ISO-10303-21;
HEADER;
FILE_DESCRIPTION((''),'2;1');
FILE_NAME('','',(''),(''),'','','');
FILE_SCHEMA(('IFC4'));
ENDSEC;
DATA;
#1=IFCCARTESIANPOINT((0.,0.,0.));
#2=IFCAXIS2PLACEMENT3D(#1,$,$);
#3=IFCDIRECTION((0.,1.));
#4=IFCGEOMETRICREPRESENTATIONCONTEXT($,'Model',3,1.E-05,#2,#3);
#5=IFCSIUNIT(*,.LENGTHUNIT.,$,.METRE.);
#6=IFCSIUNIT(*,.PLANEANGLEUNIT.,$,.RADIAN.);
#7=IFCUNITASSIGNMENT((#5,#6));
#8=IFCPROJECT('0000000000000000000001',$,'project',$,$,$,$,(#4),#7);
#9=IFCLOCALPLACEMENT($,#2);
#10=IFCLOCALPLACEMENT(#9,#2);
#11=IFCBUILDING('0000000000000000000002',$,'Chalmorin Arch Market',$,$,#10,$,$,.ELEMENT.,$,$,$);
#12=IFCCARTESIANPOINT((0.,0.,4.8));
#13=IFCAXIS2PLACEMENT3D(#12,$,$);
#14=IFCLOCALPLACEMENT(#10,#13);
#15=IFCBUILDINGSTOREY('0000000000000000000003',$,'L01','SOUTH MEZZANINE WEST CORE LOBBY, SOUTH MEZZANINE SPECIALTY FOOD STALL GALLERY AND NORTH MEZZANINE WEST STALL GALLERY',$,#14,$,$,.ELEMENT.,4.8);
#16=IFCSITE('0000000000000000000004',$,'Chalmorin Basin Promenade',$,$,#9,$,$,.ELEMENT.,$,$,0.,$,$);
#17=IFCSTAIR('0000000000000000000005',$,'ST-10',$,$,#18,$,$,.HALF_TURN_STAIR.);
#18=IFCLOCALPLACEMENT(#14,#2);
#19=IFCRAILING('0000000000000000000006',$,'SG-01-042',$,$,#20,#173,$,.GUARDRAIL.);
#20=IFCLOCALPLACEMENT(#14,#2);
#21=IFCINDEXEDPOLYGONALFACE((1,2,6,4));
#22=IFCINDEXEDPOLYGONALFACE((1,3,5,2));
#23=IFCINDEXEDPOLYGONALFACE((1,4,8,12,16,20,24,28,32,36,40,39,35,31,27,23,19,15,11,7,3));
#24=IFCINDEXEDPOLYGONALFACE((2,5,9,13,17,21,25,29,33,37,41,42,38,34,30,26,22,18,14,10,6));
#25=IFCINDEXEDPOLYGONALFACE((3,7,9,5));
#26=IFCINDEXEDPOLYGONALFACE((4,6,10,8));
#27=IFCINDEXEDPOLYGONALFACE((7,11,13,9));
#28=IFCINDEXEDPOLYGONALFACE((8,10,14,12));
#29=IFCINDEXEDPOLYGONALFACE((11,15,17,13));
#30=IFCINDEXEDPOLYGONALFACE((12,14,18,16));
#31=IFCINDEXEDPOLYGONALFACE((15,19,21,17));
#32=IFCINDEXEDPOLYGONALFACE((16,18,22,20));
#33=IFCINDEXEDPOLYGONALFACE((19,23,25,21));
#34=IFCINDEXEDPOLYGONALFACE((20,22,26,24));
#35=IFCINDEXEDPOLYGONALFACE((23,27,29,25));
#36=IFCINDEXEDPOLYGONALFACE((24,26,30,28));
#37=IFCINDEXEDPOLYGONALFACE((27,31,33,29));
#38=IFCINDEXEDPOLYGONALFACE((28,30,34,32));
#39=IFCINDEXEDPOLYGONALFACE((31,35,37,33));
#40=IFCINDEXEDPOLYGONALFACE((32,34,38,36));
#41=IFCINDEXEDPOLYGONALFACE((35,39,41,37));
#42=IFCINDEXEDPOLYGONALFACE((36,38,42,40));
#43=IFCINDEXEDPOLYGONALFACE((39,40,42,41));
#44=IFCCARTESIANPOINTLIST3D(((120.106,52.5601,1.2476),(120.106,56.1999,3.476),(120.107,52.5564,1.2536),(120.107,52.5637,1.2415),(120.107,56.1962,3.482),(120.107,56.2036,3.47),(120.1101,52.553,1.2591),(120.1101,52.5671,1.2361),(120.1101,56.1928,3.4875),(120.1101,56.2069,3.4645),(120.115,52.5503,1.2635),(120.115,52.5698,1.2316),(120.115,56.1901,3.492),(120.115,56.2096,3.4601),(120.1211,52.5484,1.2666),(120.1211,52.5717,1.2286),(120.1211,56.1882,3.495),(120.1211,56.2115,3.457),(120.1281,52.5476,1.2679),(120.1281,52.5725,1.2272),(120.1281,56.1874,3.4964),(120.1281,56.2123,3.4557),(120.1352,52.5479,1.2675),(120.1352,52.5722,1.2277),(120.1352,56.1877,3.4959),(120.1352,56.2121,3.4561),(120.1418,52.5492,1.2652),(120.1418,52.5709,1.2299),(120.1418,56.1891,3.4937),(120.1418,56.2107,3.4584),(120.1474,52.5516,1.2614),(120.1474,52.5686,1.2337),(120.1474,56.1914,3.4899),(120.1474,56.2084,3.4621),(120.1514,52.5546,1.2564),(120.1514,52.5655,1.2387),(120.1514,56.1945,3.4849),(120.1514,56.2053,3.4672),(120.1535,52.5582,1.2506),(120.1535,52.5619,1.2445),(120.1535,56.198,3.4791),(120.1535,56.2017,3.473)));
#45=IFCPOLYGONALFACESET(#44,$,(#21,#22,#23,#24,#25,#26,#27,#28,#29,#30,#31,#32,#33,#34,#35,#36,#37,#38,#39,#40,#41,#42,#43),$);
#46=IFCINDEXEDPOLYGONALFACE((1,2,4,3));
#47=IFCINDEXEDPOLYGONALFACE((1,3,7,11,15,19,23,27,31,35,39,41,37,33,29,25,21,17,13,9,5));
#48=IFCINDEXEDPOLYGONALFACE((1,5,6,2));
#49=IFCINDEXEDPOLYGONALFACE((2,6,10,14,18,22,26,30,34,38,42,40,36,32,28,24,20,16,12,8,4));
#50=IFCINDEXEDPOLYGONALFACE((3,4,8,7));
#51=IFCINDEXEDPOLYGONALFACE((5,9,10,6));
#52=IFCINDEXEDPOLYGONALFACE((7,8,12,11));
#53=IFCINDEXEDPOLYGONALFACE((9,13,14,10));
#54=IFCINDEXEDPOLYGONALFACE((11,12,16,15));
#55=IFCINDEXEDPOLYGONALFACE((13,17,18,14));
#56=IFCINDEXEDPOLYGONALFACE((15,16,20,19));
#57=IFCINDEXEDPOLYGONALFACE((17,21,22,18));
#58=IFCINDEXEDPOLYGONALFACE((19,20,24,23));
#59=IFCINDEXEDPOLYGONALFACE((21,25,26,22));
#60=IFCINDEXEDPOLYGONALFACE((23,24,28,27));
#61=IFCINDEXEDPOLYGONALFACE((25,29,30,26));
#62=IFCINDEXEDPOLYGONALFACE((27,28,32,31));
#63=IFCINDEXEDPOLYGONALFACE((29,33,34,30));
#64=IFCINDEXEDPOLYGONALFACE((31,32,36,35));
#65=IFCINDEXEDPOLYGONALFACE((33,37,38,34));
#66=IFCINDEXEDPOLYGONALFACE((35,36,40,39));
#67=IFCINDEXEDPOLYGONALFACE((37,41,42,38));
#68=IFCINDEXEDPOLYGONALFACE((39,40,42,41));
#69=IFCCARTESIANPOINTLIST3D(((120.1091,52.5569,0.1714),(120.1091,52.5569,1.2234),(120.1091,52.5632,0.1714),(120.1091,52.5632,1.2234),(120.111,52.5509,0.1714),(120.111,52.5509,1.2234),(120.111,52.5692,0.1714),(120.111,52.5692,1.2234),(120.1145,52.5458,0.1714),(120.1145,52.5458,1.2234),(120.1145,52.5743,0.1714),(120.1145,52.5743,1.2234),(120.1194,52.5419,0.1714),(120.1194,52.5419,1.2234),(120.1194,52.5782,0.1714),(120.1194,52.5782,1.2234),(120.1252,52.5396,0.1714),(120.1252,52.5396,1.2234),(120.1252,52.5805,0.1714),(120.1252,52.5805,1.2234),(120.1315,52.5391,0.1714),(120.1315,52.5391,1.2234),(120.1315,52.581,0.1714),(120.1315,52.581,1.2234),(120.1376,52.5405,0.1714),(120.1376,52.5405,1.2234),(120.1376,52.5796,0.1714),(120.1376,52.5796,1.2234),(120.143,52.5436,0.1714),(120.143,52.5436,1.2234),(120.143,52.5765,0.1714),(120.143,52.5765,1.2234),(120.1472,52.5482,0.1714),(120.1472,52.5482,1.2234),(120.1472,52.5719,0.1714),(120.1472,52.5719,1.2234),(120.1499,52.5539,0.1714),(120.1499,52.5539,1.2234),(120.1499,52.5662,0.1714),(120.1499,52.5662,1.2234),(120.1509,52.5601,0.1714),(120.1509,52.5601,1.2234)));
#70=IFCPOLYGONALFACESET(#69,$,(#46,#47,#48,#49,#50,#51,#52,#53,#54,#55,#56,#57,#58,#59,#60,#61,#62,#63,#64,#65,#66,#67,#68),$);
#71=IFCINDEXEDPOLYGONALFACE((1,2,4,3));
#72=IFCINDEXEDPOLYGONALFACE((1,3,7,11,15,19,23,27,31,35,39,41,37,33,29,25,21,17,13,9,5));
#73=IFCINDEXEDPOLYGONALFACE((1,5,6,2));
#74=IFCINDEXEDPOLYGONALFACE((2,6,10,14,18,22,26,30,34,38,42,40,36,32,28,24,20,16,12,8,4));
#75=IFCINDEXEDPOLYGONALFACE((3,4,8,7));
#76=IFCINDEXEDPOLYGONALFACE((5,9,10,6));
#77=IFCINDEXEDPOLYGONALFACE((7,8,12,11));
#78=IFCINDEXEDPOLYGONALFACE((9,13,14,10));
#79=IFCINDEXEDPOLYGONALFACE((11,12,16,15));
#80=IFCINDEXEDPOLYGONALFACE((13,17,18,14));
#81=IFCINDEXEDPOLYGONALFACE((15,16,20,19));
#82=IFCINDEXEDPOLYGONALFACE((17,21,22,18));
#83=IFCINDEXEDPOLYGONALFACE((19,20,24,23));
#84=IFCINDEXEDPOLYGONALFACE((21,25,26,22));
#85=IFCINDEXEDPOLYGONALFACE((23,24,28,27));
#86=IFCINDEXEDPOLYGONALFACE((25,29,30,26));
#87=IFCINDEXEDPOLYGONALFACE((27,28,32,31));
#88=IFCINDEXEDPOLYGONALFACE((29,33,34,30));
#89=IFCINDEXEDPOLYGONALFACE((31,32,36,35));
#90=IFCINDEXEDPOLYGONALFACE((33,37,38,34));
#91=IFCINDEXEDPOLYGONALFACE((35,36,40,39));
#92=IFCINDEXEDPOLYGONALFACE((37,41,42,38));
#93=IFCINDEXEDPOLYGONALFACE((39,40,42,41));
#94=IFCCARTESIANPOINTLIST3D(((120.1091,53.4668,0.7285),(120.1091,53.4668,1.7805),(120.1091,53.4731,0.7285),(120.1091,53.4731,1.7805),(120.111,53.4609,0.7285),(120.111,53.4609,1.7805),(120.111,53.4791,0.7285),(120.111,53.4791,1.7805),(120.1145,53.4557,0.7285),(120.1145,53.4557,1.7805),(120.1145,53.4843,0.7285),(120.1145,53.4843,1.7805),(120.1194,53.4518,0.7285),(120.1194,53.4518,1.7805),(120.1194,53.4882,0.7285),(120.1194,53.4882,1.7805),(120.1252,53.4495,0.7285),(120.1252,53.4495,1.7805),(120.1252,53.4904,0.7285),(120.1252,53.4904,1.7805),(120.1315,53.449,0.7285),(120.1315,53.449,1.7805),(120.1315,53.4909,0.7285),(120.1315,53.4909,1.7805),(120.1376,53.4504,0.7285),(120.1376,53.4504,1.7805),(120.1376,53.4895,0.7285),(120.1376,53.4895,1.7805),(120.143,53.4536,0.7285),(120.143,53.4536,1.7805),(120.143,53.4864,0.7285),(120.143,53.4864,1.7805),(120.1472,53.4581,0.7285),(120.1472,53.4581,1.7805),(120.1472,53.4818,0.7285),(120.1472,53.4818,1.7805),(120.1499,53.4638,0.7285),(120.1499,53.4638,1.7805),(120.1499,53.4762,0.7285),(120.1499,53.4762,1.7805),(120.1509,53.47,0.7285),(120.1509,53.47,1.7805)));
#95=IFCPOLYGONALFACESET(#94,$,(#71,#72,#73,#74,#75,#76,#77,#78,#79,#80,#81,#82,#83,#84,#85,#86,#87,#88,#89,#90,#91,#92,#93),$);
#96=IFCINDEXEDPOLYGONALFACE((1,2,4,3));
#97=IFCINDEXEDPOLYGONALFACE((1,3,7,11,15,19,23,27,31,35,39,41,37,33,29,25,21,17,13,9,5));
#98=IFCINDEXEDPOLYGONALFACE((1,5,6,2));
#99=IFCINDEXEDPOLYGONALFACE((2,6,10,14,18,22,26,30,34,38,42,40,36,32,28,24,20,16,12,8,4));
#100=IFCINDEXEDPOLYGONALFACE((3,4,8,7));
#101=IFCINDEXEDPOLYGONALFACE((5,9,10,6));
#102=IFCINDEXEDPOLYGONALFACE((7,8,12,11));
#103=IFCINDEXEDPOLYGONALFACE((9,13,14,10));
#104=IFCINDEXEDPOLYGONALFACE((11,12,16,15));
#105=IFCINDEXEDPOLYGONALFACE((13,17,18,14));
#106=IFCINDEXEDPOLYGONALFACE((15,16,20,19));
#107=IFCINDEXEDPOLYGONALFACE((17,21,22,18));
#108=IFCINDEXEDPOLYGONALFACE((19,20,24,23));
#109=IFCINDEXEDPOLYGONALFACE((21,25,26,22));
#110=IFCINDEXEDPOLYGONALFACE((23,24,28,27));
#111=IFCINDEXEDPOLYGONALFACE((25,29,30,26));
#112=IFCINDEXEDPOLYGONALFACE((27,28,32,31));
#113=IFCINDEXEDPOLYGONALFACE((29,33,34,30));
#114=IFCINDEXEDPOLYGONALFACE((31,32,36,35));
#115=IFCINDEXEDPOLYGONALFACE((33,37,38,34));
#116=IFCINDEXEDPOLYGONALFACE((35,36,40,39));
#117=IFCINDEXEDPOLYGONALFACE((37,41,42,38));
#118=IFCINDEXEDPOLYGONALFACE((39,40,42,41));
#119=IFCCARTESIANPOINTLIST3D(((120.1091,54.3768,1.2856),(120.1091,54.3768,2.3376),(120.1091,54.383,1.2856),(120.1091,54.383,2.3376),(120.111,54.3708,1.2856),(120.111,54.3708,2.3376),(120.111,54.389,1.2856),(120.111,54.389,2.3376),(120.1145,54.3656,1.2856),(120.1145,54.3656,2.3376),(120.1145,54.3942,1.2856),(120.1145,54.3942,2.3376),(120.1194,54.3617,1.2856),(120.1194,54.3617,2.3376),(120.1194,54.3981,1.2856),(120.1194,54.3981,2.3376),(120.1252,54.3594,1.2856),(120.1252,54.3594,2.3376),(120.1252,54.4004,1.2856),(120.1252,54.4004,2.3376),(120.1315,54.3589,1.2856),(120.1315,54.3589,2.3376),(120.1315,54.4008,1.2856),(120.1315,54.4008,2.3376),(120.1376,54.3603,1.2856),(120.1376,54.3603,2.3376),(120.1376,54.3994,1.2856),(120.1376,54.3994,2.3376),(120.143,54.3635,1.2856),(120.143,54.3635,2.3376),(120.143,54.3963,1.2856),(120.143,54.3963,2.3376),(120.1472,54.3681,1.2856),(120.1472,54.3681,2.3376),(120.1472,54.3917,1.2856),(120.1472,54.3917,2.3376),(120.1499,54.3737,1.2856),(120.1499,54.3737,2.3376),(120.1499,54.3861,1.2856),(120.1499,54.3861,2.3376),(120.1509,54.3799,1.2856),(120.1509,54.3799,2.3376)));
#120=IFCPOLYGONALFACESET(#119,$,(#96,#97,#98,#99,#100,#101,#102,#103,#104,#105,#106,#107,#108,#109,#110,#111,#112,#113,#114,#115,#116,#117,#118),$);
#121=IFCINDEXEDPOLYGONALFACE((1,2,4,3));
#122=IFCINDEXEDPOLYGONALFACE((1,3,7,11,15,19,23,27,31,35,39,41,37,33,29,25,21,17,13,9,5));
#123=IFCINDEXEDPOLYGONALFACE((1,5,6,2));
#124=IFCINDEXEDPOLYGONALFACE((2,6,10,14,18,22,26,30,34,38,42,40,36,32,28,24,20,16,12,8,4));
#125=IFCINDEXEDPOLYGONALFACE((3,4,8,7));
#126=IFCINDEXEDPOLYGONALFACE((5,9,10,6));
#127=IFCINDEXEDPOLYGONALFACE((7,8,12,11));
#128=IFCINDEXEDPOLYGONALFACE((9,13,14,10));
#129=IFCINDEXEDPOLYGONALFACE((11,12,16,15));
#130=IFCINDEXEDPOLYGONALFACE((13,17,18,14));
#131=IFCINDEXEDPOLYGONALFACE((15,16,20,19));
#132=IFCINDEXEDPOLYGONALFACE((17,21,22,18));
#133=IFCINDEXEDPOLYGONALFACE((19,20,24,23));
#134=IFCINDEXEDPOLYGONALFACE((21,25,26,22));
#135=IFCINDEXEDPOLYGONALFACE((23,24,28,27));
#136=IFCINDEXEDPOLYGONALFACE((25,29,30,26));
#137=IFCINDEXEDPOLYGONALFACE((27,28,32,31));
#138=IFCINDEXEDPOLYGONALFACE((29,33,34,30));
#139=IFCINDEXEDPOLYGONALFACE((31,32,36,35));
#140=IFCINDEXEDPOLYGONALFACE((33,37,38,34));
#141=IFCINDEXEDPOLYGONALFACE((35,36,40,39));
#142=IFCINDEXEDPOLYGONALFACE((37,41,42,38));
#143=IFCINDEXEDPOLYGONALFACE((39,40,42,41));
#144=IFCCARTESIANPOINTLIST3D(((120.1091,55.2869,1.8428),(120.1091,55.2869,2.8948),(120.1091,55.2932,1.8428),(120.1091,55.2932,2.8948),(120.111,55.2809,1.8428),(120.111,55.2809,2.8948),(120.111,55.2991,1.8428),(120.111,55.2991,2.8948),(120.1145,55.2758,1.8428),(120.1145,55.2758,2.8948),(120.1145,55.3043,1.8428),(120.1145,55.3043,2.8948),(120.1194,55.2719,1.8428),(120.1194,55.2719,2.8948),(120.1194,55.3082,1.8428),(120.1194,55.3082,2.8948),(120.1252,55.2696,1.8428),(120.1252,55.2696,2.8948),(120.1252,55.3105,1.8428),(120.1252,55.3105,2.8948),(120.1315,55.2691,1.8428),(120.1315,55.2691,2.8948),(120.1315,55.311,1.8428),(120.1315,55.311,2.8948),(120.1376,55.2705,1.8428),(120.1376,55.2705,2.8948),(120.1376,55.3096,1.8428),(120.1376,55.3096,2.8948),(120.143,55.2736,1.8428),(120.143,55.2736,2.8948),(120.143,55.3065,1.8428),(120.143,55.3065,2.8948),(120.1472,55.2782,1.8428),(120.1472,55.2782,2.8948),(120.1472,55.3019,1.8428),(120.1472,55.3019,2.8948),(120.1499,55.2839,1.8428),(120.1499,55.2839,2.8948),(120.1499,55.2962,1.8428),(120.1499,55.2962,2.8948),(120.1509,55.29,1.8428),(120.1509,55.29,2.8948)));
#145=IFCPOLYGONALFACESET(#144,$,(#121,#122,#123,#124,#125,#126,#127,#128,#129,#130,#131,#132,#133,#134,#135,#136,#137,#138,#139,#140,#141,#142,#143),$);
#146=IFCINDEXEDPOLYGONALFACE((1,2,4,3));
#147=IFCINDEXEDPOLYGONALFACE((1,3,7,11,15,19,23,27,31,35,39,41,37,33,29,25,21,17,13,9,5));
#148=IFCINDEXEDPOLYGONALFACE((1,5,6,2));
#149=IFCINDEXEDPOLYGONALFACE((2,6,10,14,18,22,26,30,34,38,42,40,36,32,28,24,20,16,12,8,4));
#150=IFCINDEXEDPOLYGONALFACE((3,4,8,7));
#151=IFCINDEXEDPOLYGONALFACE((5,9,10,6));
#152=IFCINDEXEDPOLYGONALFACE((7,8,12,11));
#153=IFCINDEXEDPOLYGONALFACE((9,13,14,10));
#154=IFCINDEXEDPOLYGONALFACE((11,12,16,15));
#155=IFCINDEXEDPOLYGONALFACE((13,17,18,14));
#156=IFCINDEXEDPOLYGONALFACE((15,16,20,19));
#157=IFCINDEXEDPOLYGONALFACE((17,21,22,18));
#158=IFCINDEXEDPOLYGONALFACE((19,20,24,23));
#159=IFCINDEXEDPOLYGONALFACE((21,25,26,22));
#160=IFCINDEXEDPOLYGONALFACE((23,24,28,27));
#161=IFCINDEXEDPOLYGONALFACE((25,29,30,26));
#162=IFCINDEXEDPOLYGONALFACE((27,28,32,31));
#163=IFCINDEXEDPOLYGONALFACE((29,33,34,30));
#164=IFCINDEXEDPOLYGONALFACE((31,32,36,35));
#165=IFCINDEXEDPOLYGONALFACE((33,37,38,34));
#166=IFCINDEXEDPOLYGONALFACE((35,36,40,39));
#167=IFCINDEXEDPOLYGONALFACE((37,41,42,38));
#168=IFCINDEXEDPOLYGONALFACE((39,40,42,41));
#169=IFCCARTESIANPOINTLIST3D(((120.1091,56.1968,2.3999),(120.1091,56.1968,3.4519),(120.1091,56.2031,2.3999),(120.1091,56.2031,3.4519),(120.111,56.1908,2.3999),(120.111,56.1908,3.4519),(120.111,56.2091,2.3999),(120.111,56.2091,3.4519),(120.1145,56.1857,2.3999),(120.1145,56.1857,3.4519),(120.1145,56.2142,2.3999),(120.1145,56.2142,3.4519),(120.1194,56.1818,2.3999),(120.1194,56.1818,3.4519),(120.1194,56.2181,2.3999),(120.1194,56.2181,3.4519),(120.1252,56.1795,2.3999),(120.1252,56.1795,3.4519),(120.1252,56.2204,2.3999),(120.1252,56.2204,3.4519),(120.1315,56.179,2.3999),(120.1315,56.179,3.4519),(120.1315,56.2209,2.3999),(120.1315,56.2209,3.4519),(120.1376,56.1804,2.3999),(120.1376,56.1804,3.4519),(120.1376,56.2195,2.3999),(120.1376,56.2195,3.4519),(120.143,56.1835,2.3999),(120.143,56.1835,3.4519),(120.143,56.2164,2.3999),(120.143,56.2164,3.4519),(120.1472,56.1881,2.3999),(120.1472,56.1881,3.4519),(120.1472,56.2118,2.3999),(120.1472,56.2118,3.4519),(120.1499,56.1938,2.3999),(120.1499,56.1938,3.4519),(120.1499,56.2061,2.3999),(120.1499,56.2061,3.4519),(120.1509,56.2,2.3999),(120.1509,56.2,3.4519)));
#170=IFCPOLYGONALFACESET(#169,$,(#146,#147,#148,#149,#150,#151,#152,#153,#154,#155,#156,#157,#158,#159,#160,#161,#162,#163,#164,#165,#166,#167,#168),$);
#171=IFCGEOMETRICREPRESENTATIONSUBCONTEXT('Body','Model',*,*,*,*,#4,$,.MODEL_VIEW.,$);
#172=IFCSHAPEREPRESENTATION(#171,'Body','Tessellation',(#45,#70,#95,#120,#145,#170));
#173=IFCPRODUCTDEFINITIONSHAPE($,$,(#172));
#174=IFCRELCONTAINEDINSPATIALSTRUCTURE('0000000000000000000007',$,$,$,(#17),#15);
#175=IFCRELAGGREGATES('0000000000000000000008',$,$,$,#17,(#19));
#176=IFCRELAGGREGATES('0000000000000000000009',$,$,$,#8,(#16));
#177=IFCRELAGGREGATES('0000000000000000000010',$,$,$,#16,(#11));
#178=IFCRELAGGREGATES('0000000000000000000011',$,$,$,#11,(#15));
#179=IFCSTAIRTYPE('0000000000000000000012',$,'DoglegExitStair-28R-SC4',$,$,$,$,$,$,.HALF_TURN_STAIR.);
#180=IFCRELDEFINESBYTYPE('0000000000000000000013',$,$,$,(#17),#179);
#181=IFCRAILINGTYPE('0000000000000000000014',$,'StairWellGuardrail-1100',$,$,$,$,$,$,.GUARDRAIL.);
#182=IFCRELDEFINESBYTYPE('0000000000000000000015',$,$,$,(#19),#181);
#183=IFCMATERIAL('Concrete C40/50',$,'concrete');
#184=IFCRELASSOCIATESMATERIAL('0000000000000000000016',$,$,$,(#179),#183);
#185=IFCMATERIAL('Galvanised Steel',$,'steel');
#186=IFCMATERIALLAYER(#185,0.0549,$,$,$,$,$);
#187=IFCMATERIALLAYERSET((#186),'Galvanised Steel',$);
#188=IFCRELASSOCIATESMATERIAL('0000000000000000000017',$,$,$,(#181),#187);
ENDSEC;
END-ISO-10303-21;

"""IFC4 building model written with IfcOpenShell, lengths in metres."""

from ifc_helpers import new_model, si_unit, direction, frame, origin, origin_2d, place, context, subcontext, project, spatial, circle, extrude, material, layer, layer_set, type_object, element, aggregate, save


model = new_model("IFC4")

# Units and contexts
model_context = context("Model", 3, precision=1e-05, world=origin(), true_north=direction((0.0, 1.0)))
body_context = subcontext(model_context, "Body", "Model", "MODEL_VIEW")
ifc_project = project(units=[si_unit("LENGTHUNIT", "METRE"), si_unit("PLANEANGLEUNIT", "RADIAN")], contexts=[model_context])

# Site, building, storey
site_placement = place(None, origin())
site = spatial("IfcSite", under=ifc_project, at=site_placement, Name="Chalmorin Basin Promenade", CompositionType="ELEMENT", RefElevation=0.0)
building_placement = place(site_placement, origin())
building = spatial("IfcBuilding", under=site, at=building_placement, Name="Chalmorin Arch Market", CompositionType="ELEMENT")
storey_placement = place(building_placement, frame((0.0, 0.0, 4.8)))
storey = spatial("IfcBuildingStorey", under=building, at=storey_placement, Name="L01", Description="SOUTH MEZZANINE WEST CORE LOBBY, SOUTH MEZZANINE SPECIALTY FOOD STALL GALLERY AND NORTH MEZZANINE WEST STALL GALLERY", CompositionType="ELEMENT", Elevation=4.8)

# Shared definitions
ifc_material_1 = material(Name="Concrete C40/50", Category="concrete")

# Stair, railing
stair_type = type_object("IfcStairType", Name="DoglegExitStair-28R-SC4", PredefinedType="HALF_TURN_STAIR", material=ifc_material_1)
stair_placement = place(storey_placement, origin())
stair = element("IfcStair", 1, at=stair_placement, inside=storey, type_object=stair_type, Name="ST-10", PredefinedType="HALF_TURN_STAIR")
ifc_material_2 = material(Name="Galvanised Steel", Category="steel")
ifc_layer_1 = layer(ifc_material_2, 0.0549)
ifc_layer_set_1 = layer_set([ifc_layer_1], Name="Galvanised Steel")
railing_type_1 = type_object("IfcRailingType", Name="StairWellGuardrail-1100", PredefinedType="GUARDRAIL", material=ifc_layer_set_1)
railing_1_placement = place(storey_placement, frame((120.1299, 52.5601, 0.1714)))
railing_1 = element("IfcRailing", 2, at=railing_1_placement, type_object=railing_type_1, Name="SG-01-042", PredefinedType="GUARDRAIL", context=body_context, shape_type="SweptSolid", body=[
    extrude(circle(Radius=0.0239, at=origin_2d()), frame((0.0, 0.0, 1.0762), z_axis=(0.0, 0.85285, 0.522156), x_axis=(-1.0, 0.0, 0.0)), (0.0, 0.0, 1.0), 4.2678),
    extrude(circle(Radius=0.021, at=origin_2d()), origin(), (0.0, 0.0, 1.0), 1.052),
    extrude(circle(Radius=0.021, at=origin_2d()), frame((0.0, 0.9099, 0.5571)), (0.0, 0.0, 1.0), 1.052),
    extrude(circle(Radius=0.021, at=origin_2d()), frame((0.0, 1.8198, 1.1143)), (0.0, 0.0, 1.0), 1.052),
    extrude(circle(Radius=0.021, at=origin_2d()), frame((0.0, 2.73, 1.6714)), (0.0, 0.0, 1.0), 1.052),
    extrude(circle(Radius=0.021, at=origin_2d()), frame((0.0, 3.6399, 2.2285)), (0.0, 0.0, 1.0), 1.052),
])
aggregate(stair, [railing_1])

save(model, "model.ifc")
